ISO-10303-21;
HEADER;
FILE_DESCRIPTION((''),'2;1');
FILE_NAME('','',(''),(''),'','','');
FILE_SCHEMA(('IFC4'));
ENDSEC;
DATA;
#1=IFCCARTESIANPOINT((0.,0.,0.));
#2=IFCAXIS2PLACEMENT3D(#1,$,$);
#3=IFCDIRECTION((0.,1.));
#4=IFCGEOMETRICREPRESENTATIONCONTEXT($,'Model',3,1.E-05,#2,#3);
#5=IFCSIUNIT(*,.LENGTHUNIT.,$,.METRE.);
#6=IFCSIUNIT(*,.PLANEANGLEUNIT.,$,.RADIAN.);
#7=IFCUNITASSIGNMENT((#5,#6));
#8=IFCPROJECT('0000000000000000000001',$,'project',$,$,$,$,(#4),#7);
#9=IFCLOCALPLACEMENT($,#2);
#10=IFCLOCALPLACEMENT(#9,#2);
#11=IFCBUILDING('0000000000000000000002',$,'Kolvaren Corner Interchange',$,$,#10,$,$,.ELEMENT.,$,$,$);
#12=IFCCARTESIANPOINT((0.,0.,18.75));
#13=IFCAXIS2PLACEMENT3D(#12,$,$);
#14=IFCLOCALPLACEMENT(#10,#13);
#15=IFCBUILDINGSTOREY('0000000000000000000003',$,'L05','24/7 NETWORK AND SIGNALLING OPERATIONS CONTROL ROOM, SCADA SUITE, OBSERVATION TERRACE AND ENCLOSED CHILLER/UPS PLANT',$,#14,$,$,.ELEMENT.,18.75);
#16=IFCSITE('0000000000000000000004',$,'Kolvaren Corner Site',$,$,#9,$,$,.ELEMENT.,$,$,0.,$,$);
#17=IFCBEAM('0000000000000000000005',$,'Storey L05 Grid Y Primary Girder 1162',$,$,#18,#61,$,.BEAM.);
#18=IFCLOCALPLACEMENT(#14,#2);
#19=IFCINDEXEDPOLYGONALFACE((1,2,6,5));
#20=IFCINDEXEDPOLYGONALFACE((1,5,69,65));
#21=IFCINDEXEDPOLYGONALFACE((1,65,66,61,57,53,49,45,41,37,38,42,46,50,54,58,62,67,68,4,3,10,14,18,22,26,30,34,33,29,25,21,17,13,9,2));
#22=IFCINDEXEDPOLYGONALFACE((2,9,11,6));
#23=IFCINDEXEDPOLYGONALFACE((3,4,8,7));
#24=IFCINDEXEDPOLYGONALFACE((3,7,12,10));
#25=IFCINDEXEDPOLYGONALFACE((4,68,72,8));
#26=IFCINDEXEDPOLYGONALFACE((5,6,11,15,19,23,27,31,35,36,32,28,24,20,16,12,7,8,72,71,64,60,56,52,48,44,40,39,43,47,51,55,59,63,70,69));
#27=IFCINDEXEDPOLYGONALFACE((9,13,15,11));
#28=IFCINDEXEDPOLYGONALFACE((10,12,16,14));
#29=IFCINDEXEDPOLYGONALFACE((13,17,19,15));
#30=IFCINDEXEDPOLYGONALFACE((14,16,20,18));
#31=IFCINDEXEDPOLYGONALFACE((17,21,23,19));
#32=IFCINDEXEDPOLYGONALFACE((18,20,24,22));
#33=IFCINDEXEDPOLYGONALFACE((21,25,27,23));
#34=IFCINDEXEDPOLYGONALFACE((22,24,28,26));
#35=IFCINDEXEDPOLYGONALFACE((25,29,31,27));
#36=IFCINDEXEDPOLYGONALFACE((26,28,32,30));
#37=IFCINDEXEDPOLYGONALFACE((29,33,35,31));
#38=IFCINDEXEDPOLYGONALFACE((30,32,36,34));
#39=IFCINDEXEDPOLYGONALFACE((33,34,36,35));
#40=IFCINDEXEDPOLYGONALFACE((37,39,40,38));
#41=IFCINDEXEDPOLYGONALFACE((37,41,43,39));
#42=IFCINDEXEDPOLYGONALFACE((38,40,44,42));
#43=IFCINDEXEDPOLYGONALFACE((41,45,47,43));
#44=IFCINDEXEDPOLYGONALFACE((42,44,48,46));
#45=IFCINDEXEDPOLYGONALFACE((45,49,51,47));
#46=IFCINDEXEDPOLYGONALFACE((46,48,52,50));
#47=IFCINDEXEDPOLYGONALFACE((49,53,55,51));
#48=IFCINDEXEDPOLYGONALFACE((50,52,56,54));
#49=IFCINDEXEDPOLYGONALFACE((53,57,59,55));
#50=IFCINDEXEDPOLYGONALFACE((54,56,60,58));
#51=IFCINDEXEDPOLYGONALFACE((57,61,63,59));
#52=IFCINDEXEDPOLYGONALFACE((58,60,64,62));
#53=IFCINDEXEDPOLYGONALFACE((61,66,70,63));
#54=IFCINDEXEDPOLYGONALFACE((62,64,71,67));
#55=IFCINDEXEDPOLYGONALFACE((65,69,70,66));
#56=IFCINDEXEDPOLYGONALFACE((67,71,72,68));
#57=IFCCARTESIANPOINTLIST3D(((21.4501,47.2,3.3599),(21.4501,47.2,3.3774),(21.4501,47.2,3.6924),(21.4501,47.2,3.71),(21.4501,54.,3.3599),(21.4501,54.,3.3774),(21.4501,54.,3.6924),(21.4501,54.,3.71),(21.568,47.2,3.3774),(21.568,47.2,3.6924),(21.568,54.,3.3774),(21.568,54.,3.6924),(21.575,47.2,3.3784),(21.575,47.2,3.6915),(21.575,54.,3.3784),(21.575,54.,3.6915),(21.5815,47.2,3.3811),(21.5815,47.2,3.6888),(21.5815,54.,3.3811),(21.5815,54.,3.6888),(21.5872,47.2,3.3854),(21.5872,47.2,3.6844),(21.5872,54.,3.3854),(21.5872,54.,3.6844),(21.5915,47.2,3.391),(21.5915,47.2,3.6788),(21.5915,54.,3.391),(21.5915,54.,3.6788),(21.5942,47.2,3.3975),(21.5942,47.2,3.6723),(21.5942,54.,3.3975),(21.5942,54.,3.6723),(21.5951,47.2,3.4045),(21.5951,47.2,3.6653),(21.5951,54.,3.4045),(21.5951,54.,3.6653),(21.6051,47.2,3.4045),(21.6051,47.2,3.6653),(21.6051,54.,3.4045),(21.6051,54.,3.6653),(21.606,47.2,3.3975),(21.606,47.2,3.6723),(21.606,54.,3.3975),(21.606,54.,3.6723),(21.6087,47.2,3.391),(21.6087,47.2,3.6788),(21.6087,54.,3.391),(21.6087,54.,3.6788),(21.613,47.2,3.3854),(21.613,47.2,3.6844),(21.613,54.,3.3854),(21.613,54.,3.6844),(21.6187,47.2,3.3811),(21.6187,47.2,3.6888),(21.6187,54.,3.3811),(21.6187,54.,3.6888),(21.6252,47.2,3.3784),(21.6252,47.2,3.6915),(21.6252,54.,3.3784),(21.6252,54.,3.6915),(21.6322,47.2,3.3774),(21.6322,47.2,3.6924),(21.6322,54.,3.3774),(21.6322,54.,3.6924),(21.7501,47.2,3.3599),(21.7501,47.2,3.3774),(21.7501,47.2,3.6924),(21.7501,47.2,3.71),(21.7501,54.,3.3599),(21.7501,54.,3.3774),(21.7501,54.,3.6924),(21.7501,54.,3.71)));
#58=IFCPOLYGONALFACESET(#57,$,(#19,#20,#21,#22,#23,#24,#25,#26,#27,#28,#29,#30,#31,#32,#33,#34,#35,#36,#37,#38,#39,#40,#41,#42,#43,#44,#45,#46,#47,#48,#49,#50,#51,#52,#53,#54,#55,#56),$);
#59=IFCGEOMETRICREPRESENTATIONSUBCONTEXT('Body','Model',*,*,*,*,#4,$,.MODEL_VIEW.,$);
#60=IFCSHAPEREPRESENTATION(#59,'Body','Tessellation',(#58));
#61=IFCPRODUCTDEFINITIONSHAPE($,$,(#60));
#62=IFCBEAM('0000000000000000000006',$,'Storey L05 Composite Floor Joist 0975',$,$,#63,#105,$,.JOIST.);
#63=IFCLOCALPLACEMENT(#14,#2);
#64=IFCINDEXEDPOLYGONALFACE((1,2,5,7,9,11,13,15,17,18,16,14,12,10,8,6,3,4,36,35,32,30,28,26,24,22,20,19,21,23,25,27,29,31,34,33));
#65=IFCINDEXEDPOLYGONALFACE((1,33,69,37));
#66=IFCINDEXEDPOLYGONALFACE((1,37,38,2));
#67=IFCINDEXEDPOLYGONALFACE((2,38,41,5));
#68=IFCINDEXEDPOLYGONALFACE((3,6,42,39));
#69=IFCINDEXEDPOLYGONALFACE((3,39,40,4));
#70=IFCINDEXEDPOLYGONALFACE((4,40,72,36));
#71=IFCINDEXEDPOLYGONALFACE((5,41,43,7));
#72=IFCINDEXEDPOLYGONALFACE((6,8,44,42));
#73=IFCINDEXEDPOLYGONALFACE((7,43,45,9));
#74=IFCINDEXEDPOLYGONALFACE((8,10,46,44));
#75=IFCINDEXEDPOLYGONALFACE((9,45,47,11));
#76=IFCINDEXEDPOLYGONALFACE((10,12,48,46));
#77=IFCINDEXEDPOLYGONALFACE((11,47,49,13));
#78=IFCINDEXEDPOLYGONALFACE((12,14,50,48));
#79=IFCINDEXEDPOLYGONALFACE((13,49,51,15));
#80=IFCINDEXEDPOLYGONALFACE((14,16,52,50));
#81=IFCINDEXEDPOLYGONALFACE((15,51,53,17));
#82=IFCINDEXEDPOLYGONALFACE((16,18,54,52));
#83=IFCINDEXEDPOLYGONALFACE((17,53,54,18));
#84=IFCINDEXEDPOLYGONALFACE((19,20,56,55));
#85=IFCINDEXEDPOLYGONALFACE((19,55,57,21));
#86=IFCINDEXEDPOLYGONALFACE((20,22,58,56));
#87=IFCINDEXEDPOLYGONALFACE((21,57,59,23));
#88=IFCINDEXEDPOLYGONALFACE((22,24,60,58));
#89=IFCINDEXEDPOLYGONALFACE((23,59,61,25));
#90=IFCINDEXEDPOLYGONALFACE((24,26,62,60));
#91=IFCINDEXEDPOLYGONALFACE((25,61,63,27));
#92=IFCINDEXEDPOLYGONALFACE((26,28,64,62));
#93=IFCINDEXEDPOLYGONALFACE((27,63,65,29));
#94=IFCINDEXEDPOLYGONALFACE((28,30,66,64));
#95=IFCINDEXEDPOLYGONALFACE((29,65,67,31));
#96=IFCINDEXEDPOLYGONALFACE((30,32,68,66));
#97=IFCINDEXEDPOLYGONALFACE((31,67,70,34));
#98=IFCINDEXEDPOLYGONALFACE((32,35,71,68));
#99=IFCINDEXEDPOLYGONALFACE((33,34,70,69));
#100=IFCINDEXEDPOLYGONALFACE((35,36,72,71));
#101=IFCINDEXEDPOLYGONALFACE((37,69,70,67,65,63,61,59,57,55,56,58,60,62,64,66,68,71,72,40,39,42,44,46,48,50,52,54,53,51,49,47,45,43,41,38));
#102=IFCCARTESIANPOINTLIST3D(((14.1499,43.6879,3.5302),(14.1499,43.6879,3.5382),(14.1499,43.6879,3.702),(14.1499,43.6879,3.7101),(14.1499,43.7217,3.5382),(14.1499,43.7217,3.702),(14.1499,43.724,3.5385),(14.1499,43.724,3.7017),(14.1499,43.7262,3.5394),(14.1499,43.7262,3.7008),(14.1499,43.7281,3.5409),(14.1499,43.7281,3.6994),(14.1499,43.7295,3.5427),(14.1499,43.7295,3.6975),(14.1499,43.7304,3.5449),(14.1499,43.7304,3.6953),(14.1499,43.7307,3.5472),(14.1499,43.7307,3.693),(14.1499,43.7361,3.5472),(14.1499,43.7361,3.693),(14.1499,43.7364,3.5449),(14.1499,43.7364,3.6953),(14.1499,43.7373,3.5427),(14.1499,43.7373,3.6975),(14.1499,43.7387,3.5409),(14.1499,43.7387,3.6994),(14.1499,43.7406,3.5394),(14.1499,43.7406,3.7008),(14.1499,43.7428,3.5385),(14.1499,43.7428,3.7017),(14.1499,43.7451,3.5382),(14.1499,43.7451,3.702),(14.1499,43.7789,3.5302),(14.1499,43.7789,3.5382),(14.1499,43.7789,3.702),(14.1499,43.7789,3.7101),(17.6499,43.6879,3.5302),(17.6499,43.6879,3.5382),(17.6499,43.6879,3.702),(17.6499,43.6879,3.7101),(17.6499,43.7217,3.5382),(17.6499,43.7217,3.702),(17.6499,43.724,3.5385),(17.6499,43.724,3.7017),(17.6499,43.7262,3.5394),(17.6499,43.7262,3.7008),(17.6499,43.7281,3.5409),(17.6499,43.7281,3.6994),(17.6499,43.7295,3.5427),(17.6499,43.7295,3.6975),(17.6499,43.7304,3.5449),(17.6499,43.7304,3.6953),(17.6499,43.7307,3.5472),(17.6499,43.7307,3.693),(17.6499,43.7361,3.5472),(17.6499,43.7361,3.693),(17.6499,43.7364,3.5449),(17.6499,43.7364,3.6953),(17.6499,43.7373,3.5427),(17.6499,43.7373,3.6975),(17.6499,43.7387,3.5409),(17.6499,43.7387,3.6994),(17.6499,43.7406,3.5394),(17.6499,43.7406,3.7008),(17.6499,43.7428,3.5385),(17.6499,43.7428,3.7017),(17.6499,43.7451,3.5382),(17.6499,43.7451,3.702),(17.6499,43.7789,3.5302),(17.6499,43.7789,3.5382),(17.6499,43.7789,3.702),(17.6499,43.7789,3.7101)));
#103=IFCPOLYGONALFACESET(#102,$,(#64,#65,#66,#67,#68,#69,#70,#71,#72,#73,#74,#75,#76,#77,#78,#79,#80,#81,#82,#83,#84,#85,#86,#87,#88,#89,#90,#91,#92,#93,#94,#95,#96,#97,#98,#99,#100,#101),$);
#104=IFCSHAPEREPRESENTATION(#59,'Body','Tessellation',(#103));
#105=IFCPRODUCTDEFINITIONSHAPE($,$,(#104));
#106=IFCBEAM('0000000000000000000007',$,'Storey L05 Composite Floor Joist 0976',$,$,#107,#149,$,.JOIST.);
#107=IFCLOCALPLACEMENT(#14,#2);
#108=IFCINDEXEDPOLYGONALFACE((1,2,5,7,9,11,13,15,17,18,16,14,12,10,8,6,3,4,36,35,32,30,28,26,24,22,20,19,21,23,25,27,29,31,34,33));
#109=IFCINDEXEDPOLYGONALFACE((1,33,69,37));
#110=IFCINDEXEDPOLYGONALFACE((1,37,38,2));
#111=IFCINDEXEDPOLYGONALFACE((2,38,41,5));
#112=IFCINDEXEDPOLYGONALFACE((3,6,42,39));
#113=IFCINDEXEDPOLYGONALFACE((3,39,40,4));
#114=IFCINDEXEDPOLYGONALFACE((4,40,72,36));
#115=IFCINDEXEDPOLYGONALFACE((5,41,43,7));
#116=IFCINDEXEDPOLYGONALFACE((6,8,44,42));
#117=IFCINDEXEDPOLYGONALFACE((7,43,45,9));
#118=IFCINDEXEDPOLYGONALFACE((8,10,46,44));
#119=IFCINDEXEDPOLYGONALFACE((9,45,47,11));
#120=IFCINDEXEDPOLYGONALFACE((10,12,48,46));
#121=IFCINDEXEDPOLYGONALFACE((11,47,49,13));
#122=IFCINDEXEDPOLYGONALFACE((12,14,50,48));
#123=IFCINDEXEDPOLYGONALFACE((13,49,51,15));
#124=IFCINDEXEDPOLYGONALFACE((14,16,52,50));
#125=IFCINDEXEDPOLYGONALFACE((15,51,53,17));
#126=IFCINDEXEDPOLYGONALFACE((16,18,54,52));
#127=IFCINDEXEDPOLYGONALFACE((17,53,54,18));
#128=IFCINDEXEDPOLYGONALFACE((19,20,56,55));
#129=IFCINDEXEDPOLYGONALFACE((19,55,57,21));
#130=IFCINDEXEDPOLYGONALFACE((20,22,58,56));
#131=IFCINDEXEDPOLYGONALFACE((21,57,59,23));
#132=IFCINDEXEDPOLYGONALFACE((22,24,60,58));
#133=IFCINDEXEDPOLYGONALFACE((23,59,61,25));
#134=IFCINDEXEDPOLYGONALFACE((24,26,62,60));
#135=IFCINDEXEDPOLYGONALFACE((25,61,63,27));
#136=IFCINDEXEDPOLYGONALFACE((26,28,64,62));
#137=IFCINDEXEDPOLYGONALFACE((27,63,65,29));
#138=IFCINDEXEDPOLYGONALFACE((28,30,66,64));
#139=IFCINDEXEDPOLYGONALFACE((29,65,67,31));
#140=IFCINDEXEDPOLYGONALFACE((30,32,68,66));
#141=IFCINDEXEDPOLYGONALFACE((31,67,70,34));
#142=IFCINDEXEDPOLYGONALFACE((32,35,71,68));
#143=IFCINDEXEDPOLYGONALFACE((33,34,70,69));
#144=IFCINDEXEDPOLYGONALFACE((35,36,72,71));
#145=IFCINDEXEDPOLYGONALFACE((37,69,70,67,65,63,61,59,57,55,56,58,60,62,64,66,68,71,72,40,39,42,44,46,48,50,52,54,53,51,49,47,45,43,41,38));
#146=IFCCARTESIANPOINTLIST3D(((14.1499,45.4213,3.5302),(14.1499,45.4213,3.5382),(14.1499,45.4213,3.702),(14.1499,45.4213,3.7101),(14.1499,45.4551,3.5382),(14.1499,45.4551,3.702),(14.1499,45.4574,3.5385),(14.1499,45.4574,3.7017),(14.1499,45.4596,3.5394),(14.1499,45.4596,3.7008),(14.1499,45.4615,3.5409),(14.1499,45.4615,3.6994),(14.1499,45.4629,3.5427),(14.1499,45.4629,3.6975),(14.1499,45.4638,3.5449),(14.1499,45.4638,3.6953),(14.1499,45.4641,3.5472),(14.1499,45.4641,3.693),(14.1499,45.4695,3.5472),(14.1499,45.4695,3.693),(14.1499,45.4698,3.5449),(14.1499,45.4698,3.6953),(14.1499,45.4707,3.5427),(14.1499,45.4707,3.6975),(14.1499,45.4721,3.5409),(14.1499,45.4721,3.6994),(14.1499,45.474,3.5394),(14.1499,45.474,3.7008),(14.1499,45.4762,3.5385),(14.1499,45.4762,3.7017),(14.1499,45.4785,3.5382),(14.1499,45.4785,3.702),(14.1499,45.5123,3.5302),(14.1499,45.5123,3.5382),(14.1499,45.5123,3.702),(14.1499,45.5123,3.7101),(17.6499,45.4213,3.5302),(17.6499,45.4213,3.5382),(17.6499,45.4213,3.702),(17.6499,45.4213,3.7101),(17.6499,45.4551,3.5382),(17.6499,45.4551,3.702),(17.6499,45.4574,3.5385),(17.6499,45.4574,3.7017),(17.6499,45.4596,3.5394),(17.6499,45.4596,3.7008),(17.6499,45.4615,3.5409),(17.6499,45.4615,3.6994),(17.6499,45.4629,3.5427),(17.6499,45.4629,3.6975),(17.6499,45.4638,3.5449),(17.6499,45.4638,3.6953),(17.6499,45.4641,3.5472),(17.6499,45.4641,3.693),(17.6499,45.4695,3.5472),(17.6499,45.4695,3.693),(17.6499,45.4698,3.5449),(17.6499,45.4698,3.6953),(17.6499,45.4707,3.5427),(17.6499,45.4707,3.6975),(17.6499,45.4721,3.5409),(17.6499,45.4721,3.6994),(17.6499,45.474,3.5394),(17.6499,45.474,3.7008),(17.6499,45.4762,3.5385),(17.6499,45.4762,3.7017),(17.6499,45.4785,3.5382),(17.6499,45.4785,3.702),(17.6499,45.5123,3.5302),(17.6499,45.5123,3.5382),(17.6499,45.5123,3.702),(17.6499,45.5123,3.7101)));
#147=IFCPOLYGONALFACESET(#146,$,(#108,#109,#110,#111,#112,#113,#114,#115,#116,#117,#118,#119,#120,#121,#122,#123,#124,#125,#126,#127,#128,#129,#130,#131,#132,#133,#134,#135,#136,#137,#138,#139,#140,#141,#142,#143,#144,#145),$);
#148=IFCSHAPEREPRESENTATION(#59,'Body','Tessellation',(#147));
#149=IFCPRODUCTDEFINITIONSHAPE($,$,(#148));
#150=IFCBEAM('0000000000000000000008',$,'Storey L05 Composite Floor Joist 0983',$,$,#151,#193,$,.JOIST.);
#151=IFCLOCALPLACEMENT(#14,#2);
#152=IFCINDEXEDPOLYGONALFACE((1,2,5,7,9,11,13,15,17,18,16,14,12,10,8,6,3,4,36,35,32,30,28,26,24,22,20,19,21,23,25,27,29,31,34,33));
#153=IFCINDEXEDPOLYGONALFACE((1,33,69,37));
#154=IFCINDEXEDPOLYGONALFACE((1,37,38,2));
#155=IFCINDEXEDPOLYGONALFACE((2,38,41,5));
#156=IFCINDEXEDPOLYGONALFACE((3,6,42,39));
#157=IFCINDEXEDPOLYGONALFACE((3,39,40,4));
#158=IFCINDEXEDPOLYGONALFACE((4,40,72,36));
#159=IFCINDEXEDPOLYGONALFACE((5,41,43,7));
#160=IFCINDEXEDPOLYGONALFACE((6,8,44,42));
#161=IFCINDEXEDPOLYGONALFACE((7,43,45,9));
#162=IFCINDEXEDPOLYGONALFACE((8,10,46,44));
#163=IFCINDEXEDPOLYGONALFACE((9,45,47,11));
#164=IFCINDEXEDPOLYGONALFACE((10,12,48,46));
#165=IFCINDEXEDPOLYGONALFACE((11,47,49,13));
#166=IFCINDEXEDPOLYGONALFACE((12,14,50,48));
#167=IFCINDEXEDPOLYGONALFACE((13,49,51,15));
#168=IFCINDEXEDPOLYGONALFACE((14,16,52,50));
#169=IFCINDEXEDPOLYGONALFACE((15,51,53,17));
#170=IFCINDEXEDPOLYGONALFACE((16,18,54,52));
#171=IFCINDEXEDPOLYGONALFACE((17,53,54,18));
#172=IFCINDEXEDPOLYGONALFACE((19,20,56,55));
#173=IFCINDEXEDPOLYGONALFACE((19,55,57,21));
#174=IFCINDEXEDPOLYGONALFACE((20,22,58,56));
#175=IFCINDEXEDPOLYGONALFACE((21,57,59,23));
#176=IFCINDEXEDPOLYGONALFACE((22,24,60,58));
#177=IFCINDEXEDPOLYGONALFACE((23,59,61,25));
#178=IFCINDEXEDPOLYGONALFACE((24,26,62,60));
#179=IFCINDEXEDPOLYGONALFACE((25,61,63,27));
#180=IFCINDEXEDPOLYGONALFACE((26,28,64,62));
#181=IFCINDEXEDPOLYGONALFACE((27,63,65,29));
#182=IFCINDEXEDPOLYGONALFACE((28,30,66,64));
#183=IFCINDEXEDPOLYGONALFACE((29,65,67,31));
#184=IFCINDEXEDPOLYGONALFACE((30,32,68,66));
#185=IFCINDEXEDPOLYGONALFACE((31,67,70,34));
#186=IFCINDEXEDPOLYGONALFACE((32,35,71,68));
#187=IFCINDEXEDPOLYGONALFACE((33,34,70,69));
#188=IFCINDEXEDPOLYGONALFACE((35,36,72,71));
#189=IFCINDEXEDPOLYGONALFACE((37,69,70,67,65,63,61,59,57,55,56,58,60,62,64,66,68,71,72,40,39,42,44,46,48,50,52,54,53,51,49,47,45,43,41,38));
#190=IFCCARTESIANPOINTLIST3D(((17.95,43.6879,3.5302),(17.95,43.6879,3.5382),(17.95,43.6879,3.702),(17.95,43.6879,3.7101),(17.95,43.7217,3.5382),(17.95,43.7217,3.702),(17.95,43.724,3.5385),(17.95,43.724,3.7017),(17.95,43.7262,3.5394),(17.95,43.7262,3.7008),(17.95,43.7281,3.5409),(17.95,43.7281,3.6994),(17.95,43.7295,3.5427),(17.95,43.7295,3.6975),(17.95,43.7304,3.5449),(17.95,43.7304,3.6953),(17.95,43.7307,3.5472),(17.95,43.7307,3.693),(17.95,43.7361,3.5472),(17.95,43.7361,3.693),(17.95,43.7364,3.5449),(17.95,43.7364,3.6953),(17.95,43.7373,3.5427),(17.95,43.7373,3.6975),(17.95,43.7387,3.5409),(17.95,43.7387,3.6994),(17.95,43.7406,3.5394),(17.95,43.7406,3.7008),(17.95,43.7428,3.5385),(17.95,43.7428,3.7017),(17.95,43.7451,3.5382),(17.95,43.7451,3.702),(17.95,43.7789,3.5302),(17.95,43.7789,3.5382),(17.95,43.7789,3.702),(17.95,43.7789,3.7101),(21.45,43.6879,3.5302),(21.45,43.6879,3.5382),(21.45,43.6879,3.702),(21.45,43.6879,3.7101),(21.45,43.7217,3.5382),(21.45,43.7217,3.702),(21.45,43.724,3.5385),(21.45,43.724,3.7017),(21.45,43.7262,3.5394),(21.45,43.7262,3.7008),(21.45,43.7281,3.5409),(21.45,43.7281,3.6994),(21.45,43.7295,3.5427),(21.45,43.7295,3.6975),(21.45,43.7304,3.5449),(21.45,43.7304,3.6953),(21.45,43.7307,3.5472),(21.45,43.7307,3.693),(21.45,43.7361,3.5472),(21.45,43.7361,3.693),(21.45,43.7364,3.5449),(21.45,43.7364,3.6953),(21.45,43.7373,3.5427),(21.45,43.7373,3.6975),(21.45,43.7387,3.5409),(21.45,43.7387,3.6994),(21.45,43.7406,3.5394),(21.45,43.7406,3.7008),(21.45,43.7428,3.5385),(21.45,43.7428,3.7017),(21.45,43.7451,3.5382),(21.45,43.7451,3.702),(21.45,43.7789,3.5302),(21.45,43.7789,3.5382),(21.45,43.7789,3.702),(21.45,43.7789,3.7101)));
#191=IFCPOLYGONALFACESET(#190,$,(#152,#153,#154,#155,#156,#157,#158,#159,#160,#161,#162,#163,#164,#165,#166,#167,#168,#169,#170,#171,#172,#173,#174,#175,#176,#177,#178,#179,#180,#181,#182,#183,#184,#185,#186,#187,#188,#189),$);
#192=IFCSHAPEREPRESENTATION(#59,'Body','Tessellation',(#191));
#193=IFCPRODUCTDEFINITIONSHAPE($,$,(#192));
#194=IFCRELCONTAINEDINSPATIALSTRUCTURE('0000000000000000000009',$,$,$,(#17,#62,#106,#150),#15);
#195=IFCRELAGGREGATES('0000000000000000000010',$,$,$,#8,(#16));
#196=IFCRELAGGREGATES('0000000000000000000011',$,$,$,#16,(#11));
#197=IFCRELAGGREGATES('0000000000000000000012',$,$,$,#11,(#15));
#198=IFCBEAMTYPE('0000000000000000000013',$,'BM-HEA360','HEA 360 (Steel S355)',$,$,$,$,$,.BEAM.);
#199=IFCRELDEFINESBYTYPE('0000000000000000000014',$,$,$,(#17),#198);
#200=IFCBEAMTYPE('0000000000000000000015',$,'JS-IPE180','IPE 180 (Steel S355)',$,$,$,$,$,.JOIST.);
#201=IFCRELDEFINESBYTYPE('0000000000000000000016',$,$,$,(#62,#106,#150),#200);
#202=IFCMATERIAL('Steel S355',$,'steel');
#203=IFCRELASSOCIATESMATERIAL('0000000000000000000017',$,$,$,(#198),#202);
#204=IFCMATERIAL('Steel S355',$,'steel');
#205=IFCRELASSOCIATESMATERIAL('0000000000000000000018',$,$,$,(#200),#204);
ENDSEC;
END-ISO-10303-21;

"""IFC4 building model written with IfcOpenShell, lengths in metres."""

from ifc_helpers import new_model, si_unit, direction, frame, origin, origin_2d, place, context, subcontext, project, spatial, i_section, extrude, material, material_profile, profile_set, type_object, element, save


model = new_model("IFC4")

# Units and contexts
model_context = context("Model", 3, precision=1e-05, world=origin(), true_north=direction((0.0, 1.0)))
body_context = subcontext(model_context, "Body", "Model", "MODEL_VIEW")
ifc_project = project(units=[si_unit("LENGTHUNIT", "METRE"), si_unit("PLANEANGLEUNIT", "RADIAN")], contexts=[model_context])

# Site, building, storey
site_placement = place(None, origin())
site = spatial("IfcSite", under=ifc_project, at=site_placement, Name="Kolvaren Corner Site", CompositionType="ELEMENT", RefElevation=0.0)
building_placement = place(site_placement, origin())
building = spatial("IfcBuilding", under=site, at=building_placement, Name="Kolvaren Corner Interchange", CompositionType="ELEMENT")
storey_placement = place(building_placement, frame((0.0, 0.0, 18.75)))
storey = spatial("IfcBuildingStorey", under=building, at=storey_placement, Name="L05", Description="24/7 NETWORK AND SIGNALLING OPERATIONS CONTROL ROOM, SCADA SUITE, OBSERVATION TERRACE AND ENCLOSED CHILLER/UPS PLANT", CompositionType="ELEMENT", Elevation=18.75)

# Beams
ifc_material_1 = material(Name="Steel S355", Category="steel")
ifc_material_profile_1 = material_profile(ifc_material_1, i_section(OverallWidth=0.3, OverallDepth=0.3501, WebThickness=0.01, FlangeThickness=0.0176, FilletRadius=0.0271, at=origin_2d()), Name="HEA 360")
ifc_profile_set_1 = profile_set([ifc_material_profile_1], Name="Steel S355")
beam_type_1 = type_object("IfcBeamType", Name="BM-HEA360", Description="HEA 360 (Steel S355)", PredefinedType="BEAM", material=ifc_profile_set_1)
for number, where, z_axis, x_axis, name in (
    (1, (21.6001, 47.2, 3.5349), (0.0, 1.0, 0.0), (-1.0, 0.0, 0.0), "Storey L05 Grid Y Primary Girder 1162"),
):
    element("IfcBeam", number, at=place(storey_placement, frame(where, z_axis=z_axis, x_axis=x_axis)), inside=storey, type_object=beam_type_1, Name=name, PredefinedType="BEAM", context=body_context, shape_type="SweptSolid", body=[
        extrude(i_section(OverallWidth=0.3, OverallDepth=0.3501, WebThickness=0.01, FlangeThickness=0.0176, FilletRadius=0.0271, at=origin_2d()), origin(), (0.0, 0.0, 1.0), 6.8),
    ])
ifc_material_2 = material(Name="Steel S355", Category="steel")
ifc_material_profile_2 = material_profile(ifc_material_2, i_section(OverallWidth=0.0911, OverallDepth=0.1799, WebThickness=0.0054, FlangeThickness=0.0081, FilletRadius=0.009, at=origin_2d()), Name="IPE 180")
ifc_profile_set_2 = profile_set([ifc_material_profile_2], Name="Steel S355")
beam_type_2 = type_object("IfcBeamType", Name="JS-IPE180", Description="IPE 180 (Steel S355)", PredefinedType="JOIST", material=ifc_profile_set_2)
for number, where, z_axis, x_axis, name in (
    (2, (14.1499, 43.7334, 3.6201), (1.0, 0.0, 0.0), (0.0, 1.0, 0.0), "Storey L05 Composite Floor Joist 0975"),
    (3, (14.1499, 45.4668, 3.6201), (1.0, 0.0, 0.0), (0.0, 1.0, 0.0), "Storey L05 Composite Floor Joist 0976"),
    (4, (17.95, 43.7334, 3.6201), (1.0, 0.0, 0.0), (0.0, 1.0, 0.0), "Storey L05 Composite Floor Joist 0983"),
):
    element("IfcBeam", number, at=place(storey_placement, frame(where, z_axis=z_axis, x_axis=x_axis)), inside=storey, type_object=beam_type_2, Name=name, PredefinedType="JOIST", context=body_context, shape_type="SweptSolid", body=[
        extrude(i_section(OverallWidth=0.0911, OverallDepth=0.1799, WebThickness=0.0054, FlangeThickness=0.0081, FilletRadius=0.009, at=origin_2d()), origin(), (0.0, 0.0, 1.0), 3.5),
    ])

save(model, "model.ifc")
